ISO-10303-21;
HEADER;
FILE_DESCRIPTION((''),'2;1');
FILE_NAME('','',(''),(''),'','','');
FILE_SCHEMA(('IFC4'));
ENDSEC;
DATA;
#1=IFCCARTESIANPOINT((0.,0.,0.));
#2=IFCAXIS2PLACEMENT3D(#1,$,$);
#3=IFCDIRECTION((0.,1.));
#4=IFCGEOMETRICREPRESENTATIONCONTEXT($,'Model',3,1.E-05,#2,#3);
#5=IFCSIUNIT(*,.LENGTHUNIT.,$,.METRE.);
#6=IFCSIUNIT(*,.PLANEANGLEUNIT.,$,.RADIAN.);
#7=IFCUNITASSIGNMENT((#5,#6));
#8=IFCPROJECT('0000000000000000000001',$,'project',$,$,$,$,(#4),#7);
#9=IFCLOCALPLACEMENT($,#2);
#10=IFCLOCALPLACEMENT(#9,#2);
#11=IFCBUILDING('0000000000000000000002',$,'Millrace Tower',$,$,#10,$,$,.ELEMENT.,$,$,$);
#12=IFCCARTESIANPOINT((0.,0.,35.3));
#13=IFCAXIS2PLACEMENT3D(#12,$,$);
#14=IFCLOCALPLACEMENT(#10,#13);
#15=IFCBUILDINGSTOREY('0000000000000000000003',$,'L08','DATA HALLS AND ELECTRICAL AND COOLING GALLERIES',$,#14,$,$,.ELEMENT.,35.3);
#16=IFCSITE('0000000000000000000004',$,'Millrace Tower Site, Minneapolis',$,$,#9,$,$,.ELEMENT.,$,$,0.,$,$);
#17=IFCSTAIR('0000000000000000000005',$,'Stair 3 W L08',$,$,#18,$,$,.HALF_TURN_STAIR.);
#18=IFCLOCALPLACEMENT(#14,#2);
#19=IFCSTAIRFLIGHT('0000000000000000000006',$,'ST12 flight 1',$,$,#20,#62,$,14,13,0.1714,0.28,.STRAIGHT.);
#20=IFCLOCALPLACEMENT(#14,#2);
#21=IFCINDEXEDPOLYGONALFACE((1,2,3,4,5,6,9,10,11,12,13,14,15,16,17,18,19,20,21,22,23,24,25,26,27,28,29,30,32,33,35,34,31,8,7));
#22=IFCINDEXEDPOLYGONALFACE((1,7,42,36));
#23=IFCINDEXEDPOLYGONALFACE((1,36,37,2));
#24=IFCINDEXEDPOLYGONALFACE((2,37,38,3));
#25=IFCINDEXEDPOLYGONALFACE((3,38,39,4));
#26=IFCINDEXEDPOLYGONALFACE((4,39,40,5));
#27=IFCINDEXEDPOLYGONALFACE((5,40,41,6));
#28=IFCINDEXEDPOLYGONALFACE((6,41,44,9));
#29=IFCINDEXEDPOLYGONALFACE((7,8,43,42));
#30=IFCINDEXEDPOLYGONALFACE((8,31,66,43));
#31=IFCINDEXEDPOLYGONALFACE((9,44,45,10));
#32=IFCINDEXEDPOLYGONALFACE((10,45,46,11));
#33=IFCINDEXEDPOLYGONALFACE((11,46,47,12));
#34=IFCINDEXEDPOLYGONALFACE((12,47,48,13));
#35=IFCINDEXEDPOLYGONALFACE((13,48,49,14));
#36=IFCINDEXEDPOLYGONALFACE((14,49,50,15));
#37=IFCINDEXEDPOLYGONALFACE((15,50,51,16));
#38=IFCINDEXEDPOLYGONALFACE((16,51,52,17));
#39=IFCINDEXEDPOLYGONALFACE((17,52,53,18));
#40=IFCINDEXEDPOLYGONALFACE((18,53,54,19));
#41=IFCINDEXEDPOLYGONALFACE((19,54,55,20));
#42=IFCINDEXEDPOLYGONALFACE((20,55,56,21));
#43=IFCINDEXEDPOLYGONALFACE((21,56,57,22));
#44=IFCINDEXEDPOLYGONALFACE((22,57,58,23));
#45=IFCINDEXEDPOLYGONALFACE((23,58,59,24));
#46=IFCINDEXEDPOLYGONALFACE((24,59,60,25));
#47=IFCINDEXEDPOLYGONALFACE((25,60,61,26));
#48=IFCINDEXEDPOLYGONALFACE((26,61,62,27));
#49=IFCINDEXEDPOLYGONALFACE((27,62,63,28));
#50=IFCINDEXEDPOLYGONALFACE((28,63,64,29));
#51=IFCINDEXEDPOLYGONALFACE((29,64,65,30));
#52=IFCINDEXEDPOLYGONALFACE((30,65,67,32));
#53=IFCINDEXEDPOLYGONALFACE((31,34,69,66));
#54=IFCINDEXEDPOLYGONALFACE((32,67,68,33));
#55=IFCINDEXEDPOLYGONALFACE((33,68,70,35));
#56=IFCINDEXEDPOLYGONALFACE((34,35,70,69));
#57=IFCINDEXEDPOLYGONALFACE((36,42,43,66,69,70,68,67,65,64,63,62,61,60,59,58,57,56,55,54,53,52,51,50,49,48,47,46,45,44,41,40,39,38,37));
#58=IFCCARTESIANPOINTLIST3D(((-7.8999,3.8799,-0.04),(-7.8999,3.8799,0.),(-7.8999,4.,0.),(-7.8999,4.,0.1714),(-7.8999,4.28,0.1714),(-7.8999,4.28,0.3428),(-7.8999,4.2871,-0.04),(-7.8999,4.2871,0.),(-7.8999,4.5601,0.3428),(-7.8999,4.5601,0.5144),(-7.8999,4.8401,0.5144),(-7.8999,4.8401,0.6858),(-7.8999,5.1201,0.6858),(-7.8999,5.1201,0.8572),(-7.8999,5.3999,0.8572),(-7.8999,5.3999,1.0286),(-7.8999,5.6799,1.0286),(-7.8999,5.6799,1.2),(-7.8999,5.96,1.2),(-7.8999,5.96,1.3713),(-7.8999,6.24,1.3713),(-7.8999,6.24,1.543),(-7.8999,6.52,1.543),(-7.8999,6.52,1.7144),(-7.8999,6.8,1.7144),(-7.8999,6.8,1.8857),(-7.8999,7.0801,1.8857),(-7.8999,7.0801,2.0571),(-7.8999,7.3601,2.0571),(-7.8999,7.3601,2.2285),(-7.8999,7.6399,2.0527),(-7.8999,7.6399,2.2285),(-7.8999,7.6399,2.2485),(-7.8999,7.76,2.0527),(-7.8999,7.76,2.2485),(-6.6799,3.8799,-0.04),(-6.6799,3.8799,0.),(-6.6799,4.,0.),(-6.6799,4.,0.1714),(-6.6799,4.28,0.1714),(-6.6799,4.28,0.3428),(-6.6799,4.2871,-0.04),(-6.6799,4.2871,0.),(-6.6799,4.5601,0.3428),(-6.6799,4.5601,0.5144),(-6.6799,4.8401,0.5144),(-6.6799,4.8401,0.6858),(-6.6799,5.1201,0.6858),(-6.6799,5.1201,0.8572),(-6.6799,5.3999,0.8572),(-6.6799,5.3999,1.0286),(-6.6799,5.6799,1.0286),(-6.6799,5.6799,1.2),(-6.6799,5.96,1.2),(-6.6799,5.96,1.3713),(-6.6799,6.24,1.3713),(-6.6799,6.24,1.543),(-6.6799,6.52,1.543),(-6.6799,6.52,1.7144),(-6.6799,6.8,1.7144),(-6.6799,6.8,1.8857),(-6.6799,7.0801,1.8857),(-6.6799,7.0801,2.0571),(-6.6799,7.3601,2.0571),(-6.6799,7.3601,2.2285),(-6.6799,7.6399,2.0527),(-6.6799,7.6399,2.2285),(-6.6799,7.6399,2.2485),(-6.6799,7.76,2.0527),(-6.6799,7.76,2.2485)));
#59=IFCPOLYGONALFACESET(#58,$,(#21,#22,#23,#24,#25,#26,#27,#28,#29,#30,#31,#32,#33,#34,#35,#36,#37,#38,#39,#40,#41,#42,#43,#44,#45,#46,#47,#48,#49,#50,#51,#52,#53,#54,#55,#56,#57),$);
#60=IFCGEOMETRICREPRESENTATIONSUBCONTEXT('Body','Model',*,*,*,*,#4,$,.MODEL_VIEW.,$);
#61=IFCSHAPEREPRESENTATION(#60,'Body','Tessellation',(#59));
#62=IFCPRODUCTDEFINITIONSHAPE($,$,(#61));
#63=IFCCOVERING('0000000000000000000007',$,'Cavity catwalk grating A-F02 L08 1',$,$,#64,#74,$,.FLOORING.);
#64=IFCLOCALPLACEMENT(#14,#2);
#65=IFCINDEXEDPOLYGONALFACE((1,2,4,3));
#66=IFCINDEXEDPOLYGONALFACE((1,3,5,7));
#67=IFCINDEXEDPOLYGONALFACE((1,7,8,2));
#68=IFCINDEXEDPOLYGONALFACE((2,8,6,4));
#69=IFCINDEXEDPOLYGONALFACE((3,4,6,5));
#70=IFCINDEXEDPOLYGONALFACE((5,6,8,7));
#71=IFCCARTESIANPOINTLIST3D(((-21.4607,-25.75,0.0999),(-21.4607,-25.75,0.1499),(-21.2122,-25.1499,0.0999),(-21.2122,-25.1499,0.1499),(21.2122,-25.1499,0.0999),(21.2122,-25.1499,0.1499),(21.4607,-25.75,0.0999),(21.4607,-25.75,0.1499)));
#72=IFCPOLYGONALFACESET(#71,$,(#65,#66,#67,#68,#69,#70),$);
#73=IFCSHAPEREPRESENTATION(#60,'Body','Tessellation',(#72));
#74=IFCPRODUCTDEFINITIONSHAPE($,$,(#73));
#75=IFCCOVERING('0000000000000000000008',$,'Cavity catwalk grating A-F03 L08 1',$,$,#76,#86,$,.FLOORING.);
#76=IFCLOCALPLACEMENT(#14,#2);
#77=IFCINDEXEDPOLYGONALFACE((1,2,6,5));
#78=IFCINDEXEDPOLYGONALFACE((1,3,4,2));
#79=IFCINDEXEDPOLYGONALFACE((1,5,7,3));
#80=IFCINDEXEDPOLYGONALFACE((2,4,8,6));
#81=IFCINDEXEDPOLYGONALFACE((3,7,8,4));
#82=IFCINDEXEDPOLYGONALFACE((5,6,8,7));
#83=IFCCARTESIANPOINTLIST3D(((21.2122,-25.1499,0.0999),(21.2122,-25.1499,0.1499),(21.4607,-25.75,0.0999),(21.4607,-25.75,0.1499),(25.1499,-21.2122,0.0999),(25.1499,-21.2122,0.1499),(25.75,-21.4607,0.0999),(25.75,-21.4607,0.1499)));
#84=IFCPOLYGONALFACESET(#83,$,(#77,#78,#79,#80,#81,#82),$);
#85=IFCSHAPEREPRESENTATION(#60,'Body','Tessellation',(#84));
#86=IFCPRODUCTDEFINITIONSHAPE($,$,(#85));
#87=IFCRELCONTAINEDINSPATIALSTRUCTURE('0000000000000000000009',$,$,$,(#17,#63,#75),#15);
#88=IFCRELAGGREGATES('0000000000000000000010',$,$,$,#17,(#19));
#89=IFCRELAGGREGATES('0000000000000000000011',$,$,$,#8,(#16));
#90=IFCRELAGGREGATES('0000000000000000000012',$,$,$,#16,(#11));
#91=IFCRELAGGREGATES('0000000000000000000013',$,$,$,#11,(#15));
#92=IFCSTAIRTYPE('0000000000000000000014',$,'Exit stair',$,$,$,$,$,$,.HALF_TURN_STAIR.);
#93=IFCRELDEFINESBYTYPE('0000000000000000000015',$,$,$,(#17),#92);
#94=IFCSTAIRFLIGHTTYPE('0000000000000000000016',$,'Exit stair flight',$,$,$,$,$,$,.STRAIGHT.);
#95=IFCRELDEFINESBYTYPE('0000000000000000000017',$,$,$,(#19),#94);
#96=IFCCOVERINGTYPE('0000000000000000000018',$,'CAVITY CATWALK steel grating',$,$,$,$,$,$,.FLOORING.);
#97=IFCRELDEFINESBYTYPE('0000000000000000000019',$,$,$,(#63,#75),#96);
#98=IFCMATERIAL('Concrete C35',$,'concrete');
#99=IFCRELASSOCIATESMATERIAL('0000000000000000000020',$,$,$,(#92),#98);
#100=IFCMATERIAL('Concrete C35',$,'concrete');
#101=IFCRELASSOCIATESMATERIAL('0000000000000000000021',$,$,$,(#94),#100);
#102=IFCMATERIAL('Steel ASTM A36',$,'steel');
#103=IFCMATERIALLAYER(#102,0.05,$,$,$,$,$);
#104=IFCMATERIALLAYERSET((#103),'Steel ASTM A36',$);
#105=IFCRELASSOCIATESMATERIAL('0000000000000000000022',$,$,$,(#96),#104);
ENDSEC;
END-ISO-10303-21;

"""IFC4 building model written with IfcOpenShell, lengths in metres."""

from ifc_helpers import new_model, si_unit, direction, frame, origin, place, context, subcontext, project, spatial, polyline, outline, extrude, material, layer, layer_set, type_object, element, aggregate, save


model = new_model("IFC4")

# Units and contexts
model_context = context("Model", 3, precision=1e-05, world=origin(), true_north=direction((0.0, 1.0)))
body_context = subcontext(model_context, "Body", "Model", "MODEL_VIEW")
ifc_project = project(units=[si_unit("LENGTHUNIT", "METRE"), si_unit("PLANEANGLEUNIT", "RADIAN")], contexts=[model_context])

# Site, building, storey
site_placement = place(None, origin())
site = spatial("IfcSite", under=ifc_project, at=site_placement, Name="Millrace Tower Site, Minneapolis", CompositionType="ELEMENT", RefElevation=0.0)
building_placement = place(site_placement, origin())
building = spatial("IfcBuilding", under=site, at=building_placement, Name="Millrace Tower", CompositionType="ELEMENT")
storey_placement = place(building_placement, frame((0.0, 0.0, 35.3)))
storey = spatial("IfcBuildingStorey", under=building, at=storey_placement, Name="L08", Description="DATA HALLS AND ELECTRICAL AND COOLING GALLERIES", CompositionType="ELEMENT", Elevation=35.3)

# Shared definitions
placement_1 = place(storey_placement, origin())

# Stair, stair flight
ifc_material_1 = material(Name="Concrete C35", Category="concrete")
stair_type = type_object("IfcStairType", Name="Exit stair", PredefinedType="HALF_TURN_STAIR", material=ifc_material_1)
ifc_material_2 = material(Name="Concrete C35", Category="concrete")
stair_flight_type = type_object("IfcStairFlightType", Name="Exit stair flight", PredefinedType="STRAIGHT", material=ifc_material_2)
stair_1 = element("IfcStair", 1, at=placement_1, inside=storey, type_object=stair_type, Name="Stair 3 W L08", PredefinedType="HALF_TURN_STAIR")
stair_flight_1_placement = place(storey_placement, frame((-7.29, 4.0, 0.0), z_axis=(0.0, 0.0, 1.0), x_axis=(0.0, 1.0, 0.0)))
stair_flight_1 = element("IfcStairFlight", 2, at=stair_flight_1_placement, type_object=stair_flight_type, Name="ST12 flight 1", NumberOfRisers=14, NumberOfTreads=13, PredefinedType="STRAIGHT", RiserHeight=0.1714, TreadLength=0.28, context=body_context, shape_type="SweptSolid", body=[
    extrude(outline(polyline([(-0.1201, -0.04), (-0.1201, 0.0), (0.0, 0.0), (0.0, 0.1714), (0.28, 0.1714), (0.28, 0.3428), (0.5601, 0.3428), (0.5601, 0.5144), (0.8401, 0.5144), (0.8401, 0.6858), (1.1201, 0.6858), (1.1201, 0.8572), (1.3999, 0.8572), (1.3999, 1.0286), (1.6799, 1.0286), (1.6799, 1.2), (1.96, 1.2), (1.96, 1.3713), (2.24, 1.3713), (2.24, 1.543), (2.52, 1.543), (2.52, 1.7144), (2.8, 1.7144), (2.8, 1.8857), (3.0801, 1.8857), (3.0801, 2.0571), (3.3601, 2.0571), (3.3601, 2.2285), (3.6399, 2.2285), (3.6399, 2.2485), (3.76, 2.2485), (3.76, 2.0527), (3.6399, 2.0527), (0.2871, 0.0), (0.2871, -0.04), (-0.1201, -0.04)])), frame((0.0, 0.6099, 0.0), z_axis=(0.0, -1.0, 0.0), x_axis=(1.0, 0.0, 0.0)), (0.0, 0.0, 1.0), 1.22),
])
aggregate(stair_1, [stair_flight_1])

# Coverings
ifc_material_3 = material(Name="Steel ASTM A36", Category="steel")
ifc_layer_1 = layer(ifc_material_3, 0.05)
ifc_layer_set_1 = layer_set([ifc_layer_1], Name="Steel ASTM A36")
covering_type = type_object("IfcCoveringType", Name="CAVITY CATWALK steel grating", PredefinedType="FLOORING", material=ifc_layer_set_1)
placement_2 = place(storey_placement, frame((0.0, 0.0, 0.0999)))
element("IfcCovering", 3, at=placement_2, inside=storey, type_object=covering_type, Name="Cavity catwalk grating A-F02 L08 1", PredefinedType="FLOORING", context=body_context, shape_type="SweptSolid", body=[
    extrude(outline(polyline([(-21.4607, -25.75), (21.4607, -25.75), (21.2122, -25.1499), (-21.2122, -25.1499), (-21.4607, -25.75)])), origin(), (0.0, 0.0, 1.0), 0.05),
])
element("IfcCovering", 4, at=placement_2, inside=storey, type_object=covering_type, Name="Cavity catwalk grating A-F03 L08 1", PredefinedType="FLOORING", context=body_context, shape_type="SweptSolid", body=[
    extrude(outline(polyline([(21.4607, -25.75), (25.75, -21.4607), (25.1499, -21.2122), (21.2122, -25.1499), (21.4607, -25.75)])), origin(), (0.0, 0.0, 1.0), 0.05),
])

save(model, "model.ifc")
